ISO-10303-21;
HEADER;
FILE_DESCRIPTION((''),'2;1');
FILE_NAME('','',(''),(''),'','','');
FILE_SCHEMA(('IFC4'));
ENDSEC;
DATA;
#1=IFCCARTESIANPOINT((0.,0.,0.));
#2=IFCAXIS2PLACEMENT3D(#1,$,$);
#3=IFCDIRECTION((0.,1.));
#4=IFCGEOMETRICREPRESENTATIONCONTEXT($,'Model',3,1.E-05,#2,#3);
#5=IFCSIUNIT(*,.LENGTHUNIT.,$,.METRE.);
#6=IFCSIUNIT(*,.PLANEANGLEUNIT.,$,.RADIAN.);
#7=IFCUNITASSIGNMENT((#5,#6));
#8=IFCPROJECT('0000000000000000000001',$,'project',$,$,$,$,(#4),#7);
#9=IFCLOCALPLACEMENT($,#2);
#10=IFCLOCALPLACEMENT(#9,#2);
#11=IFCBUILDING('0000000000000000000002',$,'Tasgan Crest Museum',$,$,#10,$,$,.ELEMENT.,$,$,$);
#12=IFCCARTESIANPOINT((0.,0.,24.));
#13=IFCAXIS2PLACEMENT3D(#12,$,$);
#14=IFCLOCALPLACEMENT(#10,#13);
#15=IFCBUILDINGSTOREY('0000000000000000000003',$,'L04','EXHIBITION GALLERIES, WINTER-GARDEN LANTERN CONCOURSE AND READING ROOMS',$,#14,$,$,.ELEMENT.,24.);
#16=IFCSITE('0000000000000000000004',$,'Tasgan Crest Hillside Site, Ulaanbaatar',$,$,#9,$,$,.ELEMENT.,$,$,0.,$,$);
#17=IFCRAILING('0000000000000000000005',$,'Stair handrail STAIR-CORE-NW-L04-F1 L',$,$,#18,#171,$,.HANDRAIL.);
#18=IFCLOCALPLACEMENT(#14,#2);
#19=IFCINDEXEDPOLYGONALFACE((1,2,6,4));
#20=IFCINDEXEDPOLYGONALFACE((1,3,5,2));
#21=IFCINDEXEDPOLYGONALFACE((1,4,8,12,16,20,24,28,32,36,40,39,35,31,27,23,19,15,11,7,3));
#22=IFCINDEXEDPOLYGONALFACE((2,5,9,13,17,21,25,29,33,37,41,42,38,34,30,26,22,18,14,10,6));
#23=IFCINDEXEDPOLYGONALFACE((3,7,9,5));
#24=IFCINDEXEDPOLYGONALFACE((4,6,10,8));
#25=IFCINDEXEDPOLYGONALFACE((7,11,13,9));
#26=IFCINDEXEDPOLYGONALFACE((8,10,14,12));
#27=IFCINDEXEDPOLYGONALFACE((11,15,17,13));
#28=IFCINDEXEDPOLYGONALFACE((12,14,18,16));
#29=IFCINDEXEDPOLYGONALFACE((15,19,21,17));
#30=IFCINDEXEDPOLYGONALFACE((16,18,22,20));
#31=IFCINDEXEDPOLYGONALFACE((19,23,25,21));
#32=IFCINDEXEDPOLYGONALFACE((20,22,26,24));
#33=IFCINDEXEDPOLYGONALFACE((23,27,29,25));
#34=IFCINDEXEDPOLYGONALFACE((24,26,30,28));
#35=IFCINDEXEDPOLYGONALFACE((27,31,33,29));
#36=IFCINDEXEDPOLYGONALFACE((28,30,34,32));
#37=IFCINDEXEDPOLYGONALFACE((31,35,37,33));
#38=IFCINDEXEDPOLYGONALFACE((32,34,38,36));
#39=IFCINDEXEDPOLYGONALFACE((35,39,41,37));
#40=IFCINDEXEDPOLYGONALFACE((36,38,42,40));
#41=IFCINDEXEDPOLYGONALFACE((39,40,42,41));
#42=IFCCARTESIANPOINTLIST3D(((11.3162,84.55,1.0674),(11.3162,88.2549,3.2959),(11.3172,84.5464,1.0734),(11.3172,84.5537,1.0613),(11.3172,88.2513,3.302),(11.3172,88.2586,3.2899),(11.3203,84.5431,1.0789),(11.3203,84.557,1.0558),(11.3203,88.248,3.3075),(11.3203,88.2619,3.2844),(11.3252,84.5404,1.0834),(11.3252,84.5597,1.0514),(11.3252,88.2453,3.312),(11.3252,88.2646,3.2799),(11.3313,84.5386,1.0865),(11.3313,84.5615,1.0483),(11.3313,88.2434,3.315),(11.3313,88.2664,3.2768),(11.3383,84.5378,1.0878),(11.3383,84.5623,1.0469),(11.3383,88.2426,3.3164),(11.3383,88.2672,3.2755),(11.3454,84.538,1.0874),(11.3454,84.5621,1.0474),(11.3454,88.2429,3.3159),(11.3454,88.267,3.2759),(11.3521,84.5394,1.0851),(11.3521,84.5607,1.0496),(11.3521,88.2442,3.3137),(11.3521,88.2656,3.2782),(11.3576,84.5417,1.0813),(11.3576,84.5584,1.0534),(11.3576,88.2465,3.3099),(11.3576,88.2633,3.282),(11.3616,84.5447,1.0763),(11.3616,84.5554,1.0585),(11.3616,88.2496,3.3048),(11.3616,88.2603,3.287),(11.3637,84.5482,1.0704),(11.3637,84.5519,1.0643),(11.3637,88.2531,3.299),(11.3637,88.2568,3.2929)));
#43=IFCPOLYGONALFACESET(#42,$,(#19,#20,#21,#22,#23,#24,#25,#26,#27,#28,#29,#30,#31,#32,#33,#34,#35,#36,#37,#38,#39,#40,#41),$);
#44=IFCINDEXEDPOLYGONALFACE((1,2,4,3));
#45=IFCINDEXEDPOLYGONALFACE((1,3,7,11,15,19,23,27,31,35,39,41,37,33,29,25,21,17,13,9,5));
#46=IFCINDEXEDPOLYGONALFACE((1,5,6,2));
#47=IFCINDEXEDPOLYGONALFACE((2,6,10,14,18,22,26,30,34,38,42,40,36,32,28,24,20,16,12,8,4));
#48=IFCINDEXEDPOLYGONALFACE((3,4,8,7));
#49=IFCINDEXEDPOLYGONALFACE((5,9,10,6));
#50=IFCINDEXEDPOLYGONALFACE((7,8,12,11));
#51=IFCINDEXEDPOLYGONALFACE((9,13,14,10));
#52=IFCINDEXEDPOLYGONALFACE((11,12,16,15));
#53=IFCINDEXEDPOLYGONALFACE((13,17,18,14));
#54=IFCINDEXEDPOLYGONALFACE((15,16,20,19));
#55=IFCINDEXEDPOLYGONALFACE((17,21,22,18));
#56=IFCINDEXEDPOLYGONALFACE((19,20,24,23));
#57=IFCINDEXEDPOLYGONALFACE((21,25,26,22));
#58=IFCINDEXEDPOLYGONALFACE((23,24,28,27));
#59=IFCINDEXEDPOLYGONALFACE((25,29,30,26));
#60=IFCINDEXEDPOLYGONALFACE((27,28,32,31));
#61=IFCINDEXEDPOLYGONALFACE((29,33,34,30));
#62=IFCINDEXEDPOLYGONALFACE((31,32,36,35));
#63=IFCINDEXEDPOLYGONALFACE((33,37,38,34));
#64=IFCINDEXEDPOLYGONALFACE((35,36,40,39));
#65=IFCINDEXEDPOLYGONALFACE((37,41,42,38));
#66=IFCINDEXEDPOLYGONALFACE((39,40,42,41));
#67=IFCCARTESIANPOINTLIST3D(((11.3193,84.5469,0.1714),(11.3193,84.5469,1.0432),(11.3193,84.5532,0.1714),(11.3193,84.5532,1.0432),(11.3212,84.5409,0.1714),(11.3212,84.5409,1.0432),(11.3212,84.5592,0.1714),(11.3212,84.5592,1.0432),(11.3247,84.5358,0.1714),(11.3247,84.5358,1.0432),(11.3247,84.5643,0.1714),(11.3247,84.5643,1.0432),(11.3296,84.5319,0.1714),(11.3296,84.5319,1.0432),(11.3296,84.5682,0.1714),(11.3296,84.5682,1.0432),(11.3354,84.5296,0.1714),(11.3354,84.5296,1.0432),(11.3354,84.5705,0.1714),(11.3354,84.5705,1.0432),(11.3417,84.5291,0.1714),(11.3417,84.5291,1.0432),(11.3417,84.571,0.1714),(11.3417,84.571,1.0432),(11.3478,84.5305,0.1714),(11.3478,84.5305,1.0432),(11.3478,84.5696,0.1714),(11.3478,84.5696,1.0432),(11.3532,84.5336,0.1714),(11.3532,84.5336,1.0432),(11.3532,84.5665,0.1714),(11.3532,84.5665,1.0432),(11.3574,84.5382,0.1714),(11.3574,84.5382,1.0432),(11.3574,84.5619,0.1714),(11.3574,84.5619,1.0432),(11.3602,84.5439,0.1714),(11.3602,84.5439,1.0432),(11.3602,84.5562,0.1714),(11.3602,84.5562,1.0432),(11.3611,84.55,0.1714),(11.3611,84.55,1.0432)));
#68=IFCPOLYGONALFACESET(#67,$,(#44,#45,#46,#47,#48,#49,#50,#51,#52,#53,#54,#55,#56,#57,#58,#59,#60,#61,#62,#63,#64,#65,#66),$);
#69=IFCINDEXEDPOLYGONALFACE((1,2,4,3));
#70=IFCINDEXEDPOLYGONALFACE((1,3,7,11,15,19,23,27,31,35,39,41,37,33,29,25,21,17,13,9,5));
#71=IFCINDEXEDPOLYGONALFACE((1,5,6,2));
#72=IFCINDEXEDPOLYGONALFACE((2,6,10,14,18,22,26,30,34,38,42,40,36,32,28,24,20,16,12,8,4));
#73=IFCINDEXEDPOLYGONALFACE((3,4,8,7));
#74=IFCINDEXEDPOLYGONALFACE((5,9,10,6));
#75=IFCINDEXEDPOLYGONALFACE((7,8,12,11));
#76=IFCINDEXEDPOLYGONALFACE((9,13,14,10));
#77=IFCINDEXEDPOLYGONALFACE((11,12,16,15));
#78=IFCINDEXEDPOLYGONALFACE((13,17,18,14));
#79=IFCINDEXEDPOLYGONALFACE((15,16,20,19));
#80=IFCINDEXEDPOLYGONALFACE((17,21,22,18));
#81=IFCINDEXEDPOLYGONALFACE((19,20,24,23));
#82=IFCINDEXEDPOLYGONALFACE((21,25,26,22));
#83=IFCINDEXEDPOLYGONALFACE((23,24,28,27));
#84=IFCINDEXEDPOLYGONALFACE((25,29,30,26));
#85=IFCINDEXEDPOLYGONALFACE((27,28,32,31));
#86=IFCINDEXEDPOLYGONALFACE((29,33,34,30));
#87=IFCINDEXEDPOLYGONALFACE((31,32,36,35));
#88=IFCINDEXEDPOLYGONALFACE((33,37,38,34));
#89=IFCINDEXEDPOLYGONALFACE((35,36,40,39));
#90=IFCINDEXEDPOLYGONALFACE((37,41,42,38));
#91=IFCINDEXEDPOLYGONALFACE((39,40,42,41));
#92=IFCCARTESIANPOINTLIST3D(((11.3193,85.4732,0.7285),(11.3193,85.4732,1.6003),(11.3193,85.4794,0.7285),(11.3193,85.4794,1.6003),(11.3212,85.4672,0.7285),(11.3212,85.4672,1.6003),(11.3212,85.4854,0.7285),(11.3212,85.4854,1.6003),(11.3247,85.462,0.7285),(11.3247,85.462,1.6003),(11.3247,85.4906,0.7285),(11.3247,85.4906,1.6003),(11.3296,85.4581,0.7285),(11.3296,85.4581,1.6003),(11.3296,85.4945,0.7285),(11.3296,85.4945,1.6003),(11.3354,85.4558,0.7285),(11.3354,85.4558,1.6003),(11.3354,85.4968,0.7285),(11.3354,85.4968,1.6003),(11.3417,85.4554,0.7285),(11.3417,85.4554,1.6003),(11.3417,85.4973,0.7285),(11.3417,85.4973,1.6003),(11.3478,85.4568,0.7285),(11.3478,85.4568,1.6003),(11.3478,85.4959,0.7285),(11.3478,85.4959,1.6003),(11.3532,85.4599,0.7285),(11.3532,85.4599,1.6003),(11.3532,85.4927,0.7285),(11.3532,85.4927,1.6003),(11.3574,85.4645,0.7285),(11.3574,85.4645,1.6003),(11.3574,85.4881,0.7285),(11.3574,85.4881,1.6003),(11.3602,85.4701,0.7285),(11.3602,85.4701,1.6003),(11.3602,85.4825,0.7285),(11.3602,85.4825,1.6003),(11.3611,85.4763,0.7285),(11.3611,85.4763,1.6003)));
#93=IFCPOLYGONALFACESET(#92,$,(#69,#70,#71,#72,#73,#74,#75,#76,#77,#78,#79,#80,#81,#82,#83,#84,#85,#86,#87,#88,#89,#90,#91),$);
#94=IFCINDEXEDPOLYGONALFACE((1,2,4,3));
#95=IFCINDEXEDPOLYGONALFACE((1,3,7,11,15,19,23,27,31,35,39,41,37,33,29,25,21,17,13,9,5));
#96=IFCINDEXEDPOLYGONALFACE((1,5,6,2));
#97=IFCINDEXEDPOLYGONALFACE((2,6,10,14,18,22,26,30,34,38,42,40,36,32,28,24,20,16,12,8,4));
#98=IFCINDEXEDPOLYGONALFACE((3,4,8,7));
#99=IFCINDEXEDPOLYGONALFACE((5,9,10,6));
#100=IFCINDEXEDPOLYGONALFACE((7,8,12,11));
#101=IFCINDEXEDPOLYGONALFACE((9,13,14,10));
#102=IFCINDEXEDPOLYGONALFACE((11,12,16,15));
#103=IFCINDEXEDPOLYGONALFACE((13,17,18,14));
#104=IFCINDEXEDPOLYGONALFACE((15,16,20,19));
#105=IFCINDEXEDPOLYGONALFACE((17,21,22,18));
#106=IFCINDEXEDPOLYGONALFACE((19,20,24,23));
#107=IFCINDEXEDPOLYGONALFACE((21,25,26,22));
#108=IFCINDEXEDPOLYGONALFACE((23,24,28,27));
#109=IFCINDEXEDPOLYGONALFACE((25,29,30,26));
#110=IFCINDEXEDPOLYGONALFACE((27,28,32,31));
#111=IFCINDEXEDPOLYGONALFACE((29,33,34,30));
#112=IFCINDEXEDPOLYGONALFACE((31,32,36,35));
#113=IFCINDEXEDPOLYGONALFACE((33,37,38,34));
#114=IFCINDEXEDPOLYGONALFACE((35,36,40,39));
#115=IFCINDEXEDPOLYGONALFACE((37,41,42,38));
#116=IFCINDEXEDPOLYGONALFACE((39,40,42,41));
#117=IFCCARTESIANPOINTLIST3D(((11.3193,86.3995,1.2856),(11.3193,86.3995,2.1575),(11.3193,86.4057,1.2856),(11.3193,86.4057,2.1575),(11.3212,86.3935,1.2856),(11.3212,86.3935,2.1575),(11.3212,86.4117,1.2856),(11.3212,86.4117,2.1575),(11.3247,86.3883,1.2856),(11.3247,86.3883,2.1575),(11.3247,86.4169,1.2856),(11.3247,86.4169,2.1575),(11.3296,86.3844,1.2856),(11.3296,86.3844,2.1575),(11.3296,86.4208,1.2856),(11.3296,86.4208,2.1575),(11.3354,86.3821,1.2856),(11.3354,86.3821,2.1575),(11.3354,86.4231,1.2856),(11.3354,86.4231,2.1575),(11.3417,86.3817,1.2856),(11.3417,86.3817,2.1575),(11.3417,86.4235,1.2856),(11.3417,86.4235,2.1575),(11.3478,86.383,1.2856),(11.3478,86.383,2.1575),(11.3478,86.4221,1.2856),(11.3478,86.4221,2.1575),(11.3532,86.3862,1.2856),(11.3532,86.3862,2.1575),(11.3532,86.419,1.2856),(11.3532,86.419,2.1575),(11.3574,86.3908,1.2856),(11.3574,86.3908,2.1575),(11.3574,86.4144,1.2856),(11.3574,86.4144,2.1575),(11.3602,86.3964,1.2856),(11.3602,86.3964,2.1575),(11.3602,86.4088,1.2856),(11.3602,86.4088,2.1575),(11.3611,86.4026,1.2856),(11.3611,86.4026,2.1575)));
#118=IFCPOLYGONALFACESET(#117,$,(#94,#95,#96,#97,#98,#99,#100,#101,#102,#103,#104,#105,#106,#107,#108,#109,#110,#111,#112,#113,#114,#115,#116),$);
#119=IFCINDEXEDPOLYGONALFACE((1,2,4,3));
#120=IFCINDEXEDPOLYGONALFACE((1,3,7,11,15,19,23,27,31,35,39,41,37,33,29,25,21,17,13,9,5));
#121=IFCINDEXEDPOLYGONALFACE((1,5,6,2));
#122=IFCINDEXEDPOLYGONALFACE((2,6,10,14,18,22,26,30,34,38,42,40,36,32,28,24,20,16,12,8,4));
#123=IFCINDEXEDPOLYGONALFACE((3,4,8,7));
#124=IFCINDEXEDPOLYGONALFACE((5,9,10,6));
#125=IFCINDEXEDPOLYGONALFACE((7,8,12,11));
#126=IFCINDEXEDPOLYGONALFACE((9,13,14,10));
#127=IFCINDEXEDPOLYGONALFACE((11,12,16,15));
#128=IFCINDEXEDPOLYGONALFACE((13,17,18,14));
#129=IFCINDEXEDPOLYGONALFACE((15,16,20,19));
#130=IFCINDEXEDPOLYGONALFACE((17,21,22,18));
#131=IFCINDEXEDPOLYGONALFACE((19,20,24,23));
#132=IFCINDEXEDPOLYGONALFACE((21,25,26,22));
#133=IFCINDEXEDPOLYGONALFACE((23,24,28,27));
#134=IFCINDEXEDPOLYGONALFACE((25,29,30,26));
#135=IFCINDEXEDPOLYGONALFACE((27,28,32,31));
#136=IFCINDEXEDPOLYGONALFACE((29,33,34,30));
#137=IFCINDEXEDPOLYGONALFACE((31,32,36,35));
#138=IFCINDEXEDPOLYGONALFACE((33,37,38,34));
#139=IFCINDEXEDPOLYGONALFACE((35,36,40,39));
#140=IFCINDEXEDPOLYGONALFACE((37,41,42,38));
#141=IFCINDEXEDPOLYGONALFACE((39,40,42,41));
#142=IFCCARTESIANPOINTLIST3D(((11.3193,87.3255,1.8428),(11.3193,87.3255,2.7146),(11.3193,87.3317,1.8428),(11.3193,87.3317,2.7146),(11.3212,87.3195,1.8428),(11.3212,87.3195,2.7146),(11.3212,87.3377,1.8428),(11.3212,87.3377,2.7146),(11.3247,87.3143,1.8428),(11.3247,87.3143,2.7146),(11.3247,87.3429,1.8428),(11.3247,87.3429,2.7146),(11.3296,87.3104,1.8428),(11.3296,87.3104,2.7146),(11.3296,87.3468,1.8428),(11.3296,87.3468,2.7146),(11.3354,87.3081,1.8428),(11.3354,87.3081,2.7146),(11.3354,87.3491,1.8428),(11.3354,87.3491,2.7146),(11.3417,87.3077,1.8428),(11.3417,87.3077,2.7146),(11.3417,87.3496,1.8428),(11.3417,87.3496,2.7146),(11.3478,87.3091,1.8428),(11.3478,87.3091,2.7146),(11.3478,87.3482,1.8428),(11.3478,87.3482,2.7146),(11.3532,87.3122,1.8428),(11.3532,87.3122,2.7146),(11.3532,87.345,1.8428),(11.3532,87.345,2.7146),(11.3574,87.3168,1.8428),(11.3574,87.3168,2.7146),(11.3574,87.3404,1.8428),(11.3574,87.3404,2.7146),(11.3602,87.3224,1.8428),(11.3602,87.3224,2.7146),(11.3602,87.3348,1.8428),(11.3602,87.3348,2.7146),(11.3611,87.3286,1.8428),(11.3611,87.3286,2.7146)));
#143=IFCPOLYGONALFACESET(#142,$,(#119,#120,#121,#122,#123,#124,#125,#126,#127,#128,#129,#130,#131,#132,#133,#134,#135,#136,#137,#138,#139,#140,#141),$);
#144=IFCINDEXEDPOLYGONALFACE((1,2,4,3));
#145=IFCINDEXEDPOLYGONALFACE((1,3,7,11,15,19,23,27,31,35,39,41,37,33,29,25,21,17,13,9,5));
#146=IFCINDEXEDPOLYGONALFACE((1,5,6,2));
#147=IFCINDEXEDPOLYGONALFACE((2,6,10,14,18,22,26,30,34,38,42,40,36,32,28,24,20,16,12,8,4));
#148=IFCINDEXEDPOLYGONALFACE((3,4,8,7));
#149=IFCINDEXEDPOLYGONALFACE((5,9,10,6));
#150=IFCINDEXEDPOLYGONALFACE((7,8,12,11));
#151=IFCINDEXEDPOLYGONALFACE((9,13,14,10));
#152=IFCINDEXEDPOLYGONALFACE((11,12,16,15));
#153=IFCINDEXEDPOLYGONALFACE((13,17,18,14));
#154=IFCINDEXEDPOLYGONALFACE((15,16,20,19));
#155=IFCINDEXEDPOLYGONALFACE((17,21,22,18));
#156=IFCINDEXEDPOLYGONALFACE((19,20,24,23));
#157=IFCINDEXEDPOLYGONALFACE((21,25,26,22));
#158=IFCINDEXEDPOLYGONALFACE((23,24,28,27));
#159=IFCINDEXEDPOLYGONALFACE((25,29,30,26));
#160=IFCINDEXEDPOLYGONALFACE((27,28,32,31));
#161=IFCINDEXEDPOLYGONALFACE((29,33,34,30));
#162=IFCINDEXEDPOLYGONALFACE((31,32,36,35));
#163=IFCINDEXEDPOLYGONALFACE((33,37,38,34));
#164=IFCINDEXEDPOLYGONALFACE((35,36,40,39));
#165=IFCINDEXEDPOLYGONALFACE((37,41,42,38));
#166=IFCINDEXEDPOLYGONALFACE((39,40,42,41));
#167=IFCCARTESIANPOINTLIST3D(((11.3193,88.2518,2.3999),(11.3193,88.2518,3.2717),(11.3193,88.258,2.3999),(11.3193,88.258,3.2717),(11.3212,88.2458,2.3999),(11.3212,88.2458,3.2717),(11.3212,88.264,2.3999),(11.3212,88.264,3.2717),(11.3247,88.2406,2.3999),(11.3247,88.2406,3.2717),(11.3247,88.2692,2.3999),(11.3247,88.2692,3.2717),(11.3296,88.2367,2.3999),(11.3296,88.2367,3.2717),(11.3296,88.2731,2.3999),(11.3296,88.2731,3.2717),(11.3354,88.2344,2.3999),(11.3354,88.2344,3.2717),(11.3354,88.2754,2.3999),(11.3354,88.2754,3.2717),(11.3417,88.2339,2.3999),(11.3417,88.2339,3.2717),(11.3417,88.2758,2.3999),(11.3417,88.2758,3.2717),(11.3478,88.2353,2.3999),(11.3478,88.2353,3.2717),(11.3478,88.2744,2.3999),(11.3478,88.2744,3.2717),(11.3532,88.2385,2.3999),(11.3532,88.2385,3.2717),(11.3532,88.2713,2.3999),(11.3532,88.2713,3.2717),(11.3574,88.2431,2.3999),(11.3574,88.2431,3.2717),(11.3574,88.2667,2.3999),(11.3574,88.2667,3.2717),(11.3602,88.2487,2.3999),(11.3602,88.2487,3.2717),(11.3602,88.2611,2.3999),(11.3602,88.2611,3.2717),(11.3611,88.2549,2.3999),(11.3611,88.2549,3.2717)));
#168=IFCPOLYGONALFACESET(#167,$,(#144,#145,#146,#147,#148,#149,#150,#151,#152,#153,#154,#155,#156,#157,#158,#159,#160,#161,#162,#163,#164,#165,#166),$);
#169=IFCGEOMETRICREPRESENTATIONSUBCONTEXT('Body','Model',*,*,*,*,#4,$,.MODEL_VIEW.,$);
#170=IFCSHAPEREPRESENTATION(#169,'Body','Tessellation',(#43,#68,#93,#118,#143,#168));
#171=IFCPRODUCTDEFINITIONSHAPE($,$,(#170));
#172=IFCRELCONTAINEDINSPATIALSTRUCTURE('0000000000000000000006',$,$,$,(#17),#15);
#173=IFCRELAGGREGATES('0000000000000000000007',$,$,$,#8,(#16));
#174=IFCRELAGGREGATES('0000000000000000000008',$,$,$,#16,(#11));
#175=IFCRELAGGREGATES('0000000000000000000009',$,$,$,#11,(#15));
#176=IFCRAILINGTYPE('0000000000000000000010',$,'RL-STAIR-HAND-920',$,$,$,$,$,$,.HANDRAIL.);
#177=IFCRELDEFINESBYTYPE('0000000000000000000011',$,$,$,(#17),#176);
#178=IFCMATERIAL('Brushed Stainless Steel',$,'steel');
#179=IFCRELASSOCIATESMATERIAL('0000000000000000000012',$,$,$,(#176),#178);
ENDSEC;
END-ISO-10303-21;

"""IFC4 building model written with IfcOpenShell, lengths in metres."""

from ifc_helpers import new_model, si_unit, direction, frame, origin, origin_2d, place, context, subcontext, project, spatial, circle, extrude, material, type_object, element, save


model = new_model("IFC4")

# Units and contexts
model_context = context("Model", 3, precision=1e-05, world=origin(), true_north=direction((0.0, 1.0)))
body_context = subcontext(model_context, "Body", "Model", "MODEL_VIEW")
ifc_project = project(units=[si_unit("LENGTHUNIT", "METRE"), si_unit("PLANEANGLEUNIT", "RADIAN")], contexts=[model_context])

# Site, building, storey
site_placement = place(None, origin())
site = spatial("IfcSite", under=ifc_project, at=site_placement, Name="Tasgan Crest Hillside Site, Ulaanbaatar", CompositionType="ELEMENT", RefElevation=0.0)
building_placement = place(site_placement, origin())
building = spatial("IfcBuilding", under=site, at=building_placement, Name="Tasgan Crest Museum", CompositionType="ELEMENT")
storey_placement = place(building_placement, frame((0.0, 0.0, 24.0)))
storey = spatial("IfcBuildingStorey", under=building, at=storey_placement, Name="L04", Description="EXHIBITION GALLERIES, WINTER-GARDEN LANTERN CONCOURSE AND READING ROOMS", CompositionType="ELEMENT", Elevation=24.0)

# Railing
ifc_material_1 = material(Name="Brushed Stainless Steel", Category="steel")
railing_type_1 = type_object("IfcRailingType", Name="RL-STAIR-HAND-920", PredefinedType="HANDRAIL", material=ifc_material_1)
for number, where, name in (
    (1, (11.3401, 84.55, 0.1714), "Stair handrail STAIR-CORE-NW-L04-F1 L"),
):
    element("IfcRailing", number, at=place(storey_placement, frame(where)), inside=storey, type_object=railing_type_1, Name=name, PredefinedType="HANDRAIL", context=body_context, shape_type="SweptSolid", body=[
        extrude(circle(Radius=0.0239, at=origin_2d()), frame((0.0, 0.0, 0.896), z_axis=(0.0, 0.856919, 0.51545), x_axis=(-1.0, 0.0, 0.0)), (0.0, 0.0, 1.0), 4.3235),
        extrude(circle(Radius=0.021, at=origin_2d()), origin(), (0.0, 0.0, 1.0), 0.8718),
        extrude(circle(Radius=0.021, at=origin_2d()), frame((0.0, 0.9263, 0.5571)), (0.0, 0.0, 1.0), 0.8718),
        extrude(circle(Radius=0.021, at=origin_2d()), frame((0.0, 1.8525, 1.1143)), (0.0, 0.0, 1.0), 0.8718),
        extrude(circle(Radius=0.021, at=origin_2d()), frame((0.0, 2.7786, 1.6714)), (0.0, 0.0, 1.0), 0.8718),
        extrude(circle(Radius=0.021, at=origin_2d()), frame((0.0, 3.7048, 2.2285)), (0.0, 0.0, 1.0), 0.8718),
    ])

save(model, "model.ifc")
